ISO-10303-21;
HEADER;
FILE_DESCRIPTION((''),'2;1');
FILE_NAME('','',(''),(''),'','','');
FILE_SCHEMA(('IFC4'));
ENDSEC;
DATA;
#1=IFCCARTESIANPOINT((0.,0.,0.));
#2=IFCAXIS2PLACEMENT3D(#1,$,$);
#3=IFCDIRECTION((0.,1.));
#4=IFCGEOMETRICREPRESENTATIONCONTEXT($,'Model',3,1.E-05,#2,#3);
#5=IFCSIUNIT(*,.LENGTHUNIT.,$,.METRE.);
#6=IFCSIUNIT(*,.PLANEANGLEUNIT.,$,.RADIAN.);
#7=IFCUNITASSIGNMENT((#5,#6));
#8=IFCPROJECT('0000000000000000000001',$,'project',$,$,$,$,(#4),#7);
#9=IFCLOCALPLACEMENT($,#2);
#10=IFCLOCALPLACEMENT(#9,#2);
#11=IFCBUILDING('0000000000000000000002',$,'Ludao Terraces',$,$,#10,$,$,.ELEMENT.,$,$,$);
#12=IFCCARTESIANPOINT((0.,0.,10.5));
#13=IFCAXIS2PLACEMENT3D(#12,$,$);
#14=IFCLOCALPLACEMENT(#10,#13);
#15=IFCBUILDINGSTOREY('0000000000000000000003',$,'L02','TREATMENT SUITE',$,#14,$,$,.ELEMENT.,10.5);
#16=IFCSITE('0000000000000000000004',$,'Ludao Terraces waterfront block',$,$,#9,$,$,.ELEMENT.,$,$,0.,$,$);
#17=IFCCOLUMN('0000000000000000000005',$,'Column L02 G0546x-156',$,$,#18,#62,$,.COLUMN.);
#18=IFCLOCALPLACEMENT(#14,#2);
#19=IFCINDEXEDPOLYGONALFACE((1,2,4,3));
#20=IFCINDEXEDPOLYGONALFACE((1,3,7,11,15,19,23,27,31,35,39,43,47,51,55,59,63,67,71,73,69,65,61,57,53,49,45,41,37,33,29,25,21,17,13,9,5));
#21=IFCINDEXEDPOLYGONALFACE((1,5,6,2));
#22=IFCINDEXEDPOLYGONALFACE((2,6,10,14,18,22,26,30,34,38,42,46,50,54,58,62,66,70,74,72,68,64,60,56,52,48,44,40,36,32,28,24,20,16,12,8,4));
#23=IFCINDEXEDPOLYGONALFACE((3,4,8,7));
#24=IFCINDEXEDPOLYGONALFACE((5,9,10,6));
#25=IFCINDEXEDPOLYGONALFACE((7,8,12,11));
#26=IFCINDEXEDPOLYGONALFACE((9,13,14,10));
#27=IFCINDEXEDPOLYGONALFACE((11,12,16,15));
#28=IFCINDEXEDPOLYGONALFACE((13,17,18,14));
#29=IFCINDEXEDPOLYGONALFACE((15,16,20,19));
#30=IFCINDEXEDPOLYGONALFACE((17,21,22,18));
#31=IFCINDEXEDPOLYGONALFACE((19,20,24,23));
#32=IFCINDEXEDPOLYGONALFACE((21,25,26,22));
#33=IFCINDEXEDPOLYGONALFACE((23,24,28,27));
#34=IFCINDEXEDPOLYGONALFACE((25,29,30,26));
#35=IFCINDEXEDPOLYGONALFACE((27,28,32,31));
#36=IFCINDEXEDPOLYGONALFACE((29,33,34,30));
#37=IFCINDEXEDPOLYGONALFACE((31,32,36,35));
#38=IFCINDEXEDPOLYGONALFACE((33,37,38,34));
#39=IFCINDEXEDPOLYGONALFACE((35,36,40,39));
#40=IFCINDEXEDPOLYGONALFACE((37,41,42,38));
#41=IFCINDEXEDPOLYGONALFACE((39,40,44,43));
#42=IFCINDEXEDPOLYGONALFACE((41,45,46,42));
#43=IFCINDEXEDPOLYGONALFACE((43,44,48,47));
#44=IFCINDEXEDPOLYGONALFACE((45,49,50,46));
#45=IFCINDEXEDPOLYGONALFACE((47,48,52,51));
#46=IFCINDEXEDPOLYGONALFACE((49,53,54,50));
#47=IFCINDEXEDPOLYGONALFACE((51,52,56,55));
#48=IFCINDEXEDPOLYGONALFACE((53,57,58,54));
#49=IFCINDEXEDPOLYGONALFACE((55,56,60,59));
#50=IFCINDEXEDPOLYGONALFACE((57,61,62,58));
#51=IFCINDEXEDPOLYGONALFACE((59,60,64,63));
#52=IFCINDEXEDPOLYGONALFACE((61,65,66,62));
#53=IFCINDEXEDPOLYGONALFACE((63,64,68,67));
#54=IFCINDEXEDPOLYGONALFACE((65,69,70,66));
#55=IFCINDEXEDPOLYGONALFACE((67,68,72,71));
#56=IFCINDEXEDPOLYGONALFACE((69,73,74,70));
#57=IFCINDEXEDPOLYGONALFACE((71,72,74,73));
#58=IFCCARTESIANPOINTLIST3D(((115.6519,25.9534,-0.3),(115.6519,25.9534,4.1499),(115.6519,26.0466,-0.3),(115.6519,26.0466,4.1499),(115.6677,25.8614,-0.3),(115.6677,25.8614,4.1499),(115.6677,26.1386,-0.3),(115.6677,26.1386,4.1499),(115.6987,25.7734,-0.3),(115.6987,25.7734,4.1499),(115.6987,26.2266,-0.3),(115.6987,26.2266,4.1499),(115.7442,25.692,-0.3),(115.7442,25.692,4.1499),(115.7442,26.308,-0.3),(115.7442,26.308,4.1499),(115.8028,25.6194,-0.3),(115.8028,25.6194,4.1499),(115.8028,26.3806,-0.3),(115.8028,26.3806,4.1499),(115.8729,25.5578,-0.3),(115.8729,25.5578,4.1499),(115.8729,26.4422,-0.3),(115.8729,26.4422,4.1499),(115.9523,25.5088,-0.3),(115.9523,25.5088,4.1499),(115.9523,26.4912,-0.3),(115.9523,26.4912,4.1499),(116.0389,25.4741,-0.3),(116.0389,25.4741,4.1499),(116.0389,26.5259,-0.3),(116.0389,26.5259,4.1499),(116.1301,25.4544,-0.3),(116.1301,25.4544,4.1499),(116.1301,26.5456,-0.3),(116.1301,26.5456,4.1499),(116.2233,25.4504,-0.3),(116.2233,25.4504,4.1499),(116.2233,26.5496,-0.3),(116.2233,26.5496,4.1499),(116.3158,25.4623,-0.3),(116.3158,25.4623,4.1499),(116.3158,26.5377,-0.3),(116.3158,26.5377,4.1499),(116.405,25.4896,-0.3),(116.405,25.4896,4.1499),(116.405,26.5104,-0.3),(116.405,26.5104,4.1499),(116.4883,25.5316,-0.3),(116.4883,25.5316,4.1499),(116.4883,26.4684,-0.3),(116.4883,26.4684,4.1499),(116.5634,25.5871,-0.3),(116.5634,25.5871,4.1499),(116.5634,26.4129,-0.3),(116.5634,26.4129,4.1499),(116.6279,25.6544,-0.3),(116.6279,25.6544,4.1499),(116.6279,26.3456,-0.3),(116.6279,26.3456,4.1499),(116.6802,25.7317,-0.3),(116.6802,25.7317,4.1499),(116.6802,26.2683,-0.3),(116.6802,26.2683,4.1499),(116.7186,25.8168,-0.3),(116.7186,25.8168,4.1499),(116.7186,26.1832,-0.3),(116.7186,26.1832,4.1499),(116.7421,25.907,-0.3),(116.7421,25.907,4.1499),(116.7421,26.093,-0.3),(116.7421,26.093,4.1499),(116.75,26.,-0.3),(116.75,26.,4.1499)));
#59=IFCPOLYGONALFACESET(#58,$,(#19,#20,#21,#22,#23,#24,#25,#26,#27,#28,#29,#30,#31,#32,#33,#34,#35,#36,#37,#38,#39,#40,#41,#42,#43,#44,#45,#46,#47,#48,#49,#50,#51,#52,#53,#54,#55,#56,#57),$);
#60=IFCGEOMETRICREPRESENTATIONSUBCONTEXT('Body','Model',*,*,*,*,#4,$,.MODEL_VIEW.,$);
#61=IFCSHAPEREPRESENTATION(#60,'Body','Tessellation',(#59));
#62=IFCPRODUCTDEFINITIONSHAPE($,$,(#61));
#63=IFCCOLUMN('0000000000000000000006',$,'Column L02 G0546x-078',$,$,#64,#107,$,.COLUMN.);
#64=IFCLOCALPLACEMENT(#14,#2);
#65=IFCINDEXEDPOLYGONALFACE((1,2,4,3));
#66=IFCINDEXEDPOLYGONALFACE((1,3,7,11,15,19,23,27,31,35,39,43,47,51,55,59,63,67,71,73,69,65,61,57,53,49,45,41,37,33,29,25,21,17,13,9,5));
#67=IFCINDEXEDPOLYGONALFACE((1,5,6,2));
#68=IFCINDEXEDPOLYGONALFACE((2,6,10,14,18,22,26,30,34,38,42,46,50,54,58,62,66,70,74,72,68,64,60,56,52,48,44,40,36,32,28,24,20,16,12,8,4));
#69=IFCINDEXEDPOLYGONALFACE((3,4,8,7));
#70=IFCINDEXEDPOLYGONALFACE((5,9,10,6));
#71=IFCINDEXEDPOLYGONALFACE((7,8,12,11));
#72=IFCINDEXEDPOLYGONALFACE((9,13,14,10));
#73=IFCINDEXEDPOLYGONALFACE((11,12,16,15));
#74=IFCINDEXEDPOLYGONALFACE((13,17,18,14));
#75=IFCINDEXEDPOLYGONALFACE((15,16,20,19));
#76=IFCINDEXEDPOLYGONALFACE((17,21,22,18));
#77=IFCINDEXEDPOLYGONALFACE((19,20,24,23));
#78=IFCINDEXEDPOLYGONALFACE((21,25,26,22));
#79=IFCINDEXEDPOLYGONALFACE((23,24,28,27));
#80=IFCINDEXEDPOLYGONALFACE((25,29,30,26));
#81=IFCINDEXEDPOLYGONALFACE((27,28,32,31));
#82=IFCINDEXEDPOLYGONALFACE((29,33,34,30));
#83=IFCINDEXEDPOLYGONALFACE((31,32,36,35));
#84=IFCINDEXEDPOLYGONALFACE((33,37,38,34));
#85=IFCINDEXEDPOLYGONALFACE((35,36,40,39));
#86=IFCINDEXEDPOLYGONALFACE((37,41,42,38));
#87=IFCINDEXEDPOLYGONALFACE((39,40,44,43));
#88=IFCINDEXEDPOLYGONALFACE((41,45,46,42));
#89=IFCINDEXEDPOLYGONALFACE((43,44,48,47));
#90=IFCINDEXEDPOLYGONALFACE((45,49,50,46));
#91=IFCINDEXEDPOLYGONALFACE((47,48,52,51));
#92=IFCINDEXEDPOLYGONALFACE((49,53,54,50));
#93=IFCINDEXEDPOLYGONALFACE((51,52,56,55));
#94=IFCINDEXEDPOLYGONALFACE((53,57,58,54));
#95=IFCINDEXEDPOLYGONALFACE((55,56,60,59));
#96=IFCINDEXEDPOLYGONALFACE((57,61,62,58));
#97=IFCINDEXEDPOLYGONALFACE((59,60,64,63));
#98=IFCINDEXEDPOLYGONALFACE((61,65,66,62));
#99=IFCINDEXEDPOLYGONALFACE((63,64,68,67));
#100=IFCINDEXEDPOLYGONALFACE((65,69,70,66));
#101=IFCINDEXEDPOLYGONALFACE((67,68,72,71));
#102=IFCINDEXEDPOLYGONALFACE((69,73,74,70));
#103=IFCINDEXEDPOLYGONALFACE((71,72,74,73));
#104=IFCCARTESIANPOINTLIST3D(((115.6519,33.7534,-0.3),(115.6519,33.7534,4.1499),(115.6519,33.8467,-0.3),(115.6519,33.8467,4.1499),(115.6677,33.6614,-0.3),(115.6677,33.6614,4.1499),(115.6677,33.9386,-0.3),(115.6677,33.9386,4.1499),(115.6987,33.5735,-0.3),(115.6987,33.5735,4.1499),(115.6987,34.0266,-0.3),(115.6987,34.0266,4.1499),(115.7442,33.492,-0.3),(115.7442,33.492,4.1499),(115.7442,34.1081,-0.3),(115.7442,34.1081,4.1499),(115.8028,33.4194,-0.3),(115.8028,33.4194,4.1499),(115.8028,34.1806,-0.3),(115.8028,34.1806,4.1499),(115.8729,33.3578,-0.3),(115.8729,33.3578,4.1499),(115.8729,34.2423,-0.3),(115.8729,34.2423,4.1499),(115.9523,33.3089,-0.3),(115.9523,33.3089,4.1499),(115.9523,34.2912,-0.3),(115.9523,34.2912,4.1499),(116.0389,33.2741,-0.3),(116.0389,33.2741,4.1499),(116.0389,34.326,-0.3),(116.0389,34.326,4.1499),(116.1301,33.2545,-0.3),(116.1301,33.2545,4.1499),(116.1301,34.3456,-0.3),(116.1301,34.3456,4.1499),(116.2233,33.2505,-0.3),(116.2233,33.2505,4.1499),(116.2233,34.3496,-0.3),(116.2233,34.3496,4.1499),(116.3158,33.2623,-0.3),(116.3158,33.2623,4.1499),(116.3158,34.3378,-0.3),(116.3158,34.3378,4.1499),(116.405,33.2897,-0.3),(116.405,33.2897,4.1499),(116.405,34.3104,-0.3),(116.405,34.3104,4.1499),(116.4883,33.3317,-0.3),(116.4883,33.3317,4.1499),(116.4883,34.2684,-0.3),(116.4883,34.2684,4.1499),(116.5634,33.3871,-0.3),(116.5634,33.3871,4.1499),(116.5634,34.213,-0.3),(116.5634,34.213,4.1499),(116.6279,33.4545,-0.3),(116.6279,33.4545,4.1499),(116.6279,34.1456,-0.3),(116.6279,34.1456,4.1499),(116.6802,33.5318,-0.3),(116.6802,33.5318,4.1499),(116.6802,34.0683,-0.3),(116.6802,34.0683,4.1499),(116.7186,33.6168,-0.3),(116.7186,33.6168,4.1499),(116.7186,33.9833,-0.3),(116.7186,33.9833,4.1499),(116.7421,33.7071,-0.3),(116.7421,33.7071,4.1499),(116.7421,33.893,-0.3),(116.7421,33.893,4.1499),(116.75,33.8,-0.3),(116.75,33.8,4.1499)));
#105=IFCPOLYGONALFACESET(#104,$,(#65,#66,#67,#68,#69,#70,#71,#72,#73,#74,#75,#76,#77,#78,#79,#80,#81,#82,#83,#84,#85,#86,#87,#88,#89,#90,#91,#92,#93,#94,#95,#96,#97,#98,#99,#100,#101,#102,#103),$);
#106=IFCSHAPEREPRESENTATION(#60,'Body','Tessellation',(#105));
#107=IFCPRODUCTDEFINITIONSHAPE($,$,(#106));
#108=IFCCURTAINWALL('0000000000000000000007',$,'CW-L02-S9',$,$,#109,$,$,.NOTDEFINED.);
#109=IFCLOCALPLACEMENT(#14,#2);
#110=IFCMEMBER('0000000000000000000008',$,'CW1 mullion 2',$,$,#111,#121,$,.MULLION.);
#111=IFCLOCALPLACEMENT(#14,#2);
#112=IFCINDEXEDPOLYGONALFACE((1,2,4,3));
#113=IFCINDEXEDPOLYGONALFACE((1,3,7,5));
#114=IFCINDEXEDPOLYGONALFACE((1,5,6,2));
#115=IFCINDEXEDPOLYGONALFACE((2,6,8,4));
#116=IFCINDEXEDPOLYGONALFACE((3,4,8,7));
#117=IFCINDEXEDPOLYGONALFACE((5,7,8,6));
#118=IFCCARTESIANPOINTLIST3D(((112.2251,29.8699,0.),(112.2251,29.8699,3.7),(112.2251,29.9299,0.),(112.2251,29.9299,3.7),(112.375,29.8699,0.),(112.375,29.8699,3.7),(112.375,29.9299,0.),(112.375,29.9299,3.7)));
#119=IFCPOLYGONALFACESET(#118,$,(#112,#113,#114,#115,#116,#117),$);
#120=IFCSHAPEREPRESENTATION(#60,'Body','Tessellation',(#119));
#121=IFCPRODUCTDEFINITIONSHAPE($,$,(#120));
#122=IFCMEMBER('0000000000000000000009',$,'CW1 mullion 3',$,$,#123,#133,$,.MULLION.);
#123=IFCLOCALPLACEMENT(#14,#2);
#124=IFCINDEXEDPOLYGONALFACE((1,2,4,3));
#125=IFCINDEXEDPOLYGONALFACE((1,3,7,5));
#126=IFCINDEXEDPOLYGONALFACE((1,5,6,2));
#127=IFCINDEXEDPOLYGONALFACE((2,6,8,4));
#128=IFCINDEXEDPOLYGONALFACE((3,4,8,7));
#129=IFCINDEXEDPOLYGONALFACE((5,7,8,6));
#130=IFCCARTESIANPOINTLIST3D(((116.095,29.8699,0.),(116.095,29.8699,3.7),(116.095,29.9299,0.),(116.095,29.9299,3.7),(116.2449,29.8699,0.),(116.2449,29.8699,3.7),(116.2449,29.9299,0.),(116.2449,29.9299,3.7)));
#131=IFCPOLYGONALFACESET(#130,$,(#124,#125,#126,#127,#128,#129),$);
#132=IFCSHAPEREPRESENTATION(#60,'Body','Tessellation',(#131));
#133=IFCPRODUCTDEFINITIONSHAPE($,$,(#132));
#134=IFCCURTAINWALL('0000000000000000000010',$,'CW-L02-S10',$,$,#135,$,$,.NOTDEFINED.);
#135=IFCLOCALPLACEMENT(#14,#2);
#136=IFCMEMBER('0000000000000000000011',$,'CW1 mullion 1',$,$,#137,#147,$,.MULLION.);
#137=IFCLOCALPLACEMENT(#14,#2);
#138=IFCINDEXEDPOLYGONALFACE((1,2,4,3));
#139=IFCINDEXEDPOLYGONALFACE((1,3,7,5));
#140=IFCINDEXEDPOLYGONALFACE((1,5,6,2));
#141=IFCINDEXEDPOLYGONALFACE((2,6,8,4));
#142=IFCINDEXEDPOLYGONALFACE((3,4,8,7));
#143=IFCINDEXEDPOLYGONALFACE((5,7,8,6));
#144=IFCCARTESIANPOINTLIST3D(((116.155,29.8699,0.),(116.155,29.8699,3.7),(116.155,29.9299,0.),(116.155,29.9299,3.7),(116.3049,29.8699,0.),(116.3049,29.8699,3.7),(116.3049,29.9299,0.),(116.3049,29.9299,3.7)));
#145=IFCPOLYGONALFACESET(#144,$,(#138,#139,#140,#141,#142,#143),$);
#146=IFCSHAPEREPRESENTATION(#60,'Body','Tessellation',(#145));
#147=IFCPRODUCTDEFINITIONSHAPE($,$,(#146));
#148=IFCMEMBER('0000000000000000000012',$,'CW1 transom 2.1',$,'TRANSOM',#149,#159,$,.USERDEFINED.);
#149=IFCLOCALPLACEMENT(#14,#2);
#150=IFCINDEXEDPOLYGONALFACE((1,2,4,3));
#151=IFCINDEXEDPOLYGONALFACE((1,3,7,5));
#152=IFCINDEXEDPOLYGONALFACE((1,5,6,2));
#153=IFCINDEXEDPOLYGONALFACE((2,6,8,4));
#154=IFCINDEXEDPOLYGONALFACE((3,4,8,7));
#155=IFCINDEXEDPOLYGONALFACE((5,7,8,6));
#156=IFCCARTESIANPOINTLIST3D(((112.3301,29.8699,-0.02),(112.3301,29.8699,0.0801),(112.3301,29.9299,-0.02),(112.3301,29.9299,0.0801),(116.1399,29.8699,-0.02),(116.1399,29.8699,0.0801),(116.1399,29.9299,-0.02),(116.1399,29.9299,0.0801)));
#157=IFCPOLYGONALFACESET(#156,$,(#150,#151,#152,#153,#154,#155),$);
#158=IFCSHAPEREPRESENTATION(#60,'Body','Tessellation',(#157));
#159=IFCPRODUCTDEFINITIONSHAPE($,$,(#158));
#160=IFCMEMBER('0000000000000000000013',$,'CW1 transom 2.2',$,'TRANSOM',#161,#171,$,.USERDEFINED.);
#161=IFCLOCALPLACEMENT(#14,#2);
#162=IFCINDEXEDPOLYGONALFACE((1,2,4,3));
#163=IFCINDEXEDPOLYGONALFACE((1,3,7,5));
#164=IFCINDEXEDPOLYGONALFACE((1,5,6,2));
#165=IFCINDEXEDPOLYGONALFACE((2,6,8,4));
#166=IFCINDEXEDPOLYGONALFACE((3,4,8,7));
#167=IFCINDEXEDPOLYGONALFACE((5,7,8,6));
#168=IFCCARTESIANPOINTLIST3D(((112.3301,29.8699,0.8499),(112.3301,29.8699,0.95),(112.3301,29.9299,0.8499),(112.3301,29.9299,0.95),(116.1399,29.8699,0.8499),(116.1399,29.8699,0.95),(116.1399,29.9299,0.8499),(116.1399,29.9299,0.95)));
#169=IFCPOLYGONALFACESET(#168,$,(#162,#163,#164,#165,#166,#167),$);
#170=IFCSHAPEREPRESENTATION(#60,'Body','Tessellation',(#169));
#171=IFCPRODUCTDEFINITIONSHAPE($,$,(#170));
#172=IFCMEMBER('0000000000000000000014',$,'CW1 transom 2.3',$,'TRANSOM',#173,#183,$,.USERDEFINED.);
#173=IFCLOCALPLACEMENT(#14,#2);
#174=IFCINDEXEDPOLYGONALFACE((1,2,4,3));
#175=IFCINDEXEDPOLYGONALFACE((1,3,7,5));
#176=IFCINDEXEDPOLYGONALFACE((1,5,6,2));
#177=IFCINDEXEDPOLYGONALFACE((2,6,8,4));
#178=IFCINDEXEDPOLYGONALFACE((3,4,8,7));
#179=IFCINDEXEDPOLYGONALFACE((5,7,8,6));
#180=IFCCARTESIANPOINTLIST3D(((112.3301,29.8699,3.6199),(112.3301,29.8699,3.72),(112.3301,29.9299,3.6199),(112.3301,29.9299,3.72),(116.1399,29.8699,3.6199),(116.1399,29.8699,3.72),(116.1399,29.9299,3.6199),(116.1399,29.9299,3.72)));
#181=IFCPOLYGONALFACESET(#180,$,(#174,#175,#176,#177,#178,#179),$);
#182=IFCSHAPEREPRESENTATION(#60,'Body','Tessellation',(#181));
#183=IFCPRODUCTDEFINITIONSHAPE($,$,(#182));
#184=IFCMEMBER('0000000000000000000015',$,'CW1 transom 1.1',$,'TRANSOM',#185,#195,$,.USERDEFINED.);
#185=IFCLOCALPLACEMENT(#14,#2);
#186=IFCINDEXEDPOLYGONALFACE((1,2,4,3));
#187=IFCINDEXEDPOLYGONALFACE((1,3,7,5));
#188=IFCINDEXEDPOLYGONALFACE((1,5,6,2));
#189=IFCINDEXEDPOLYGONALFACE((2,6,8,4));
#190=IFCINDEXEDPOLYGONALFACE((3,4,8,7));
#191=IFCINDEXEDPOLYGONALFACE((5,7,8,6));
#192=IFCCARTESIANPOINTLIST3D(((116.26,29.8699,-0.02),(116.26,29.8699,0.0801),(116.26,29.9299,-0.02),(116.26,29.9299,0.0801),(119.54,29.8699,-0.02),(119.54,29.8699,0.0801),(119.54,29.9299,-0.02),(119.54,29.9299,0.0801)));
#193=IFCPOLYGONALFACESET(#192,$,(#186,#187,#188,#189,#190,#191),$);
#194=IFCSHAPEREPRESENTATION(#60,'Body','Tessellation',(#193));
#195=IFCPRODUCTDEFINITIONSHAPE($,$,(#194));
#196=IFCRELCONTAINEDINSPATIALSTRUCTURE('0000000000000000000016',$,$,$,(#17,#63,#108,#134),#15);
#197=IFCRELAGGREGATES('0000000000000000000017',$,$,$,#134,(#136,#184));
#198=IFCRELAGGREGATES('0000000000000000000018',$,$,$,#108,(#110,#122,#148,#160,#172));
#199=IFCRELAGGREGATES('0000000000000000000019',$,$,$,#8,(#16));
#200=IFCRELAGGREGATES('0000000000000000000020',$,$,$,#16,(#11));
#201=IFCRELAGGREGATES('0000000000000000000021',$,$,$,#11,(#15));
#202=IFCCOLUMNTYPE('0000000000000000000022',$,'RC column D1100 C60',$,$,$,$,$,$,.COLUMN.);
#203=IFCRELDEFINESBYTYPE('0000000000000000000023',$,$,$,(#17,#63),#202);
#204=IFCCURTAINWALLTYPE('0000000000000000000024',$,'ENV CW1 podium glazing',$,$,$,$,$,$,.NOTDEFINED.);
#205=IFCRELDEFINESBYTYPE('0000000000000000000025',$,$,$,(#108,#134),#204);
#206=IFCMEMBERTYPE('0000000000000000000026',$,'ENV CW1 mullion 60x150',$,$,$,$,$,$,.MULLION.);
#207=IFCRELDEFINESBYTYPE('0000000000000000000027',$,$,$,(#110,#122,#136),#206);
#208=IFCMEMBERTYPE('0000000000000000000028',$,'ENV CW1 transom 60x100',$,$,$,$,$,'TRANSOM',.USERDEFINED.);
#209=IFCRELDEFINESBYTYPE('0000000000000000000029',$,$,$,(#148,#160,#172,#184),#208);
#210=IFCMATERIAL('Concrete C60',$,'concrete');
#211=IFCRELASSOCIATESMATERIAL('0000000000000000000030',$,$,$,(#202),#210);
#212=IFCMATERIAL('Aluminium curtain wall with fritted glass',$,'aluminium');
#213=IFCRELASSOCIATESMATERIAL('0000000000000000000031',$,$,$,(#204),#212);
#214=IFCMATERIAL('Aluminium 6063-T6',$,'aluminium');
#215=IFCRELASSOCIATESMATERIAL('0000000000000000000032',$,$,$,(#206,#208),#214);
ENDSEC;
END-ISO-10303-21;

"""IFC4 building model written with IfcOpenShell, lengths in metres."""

from ifc_helpers import new_model, si_unit, direction, frame, origin, origin_2d, place, context, subcontext, project, spatial, rectangle, circle, extrude, material, material_profile, profile_set, type_object, element, aggregate, save


model = new_model("IFC4")

# Units and contexts
model_context = context("Model", 3, precision=1e-05, world=origin(), true_north=direction((0.0, 1.0)))
body_context = subcontext(model_context, "Body", "Model", "MODEL_VIEW")
ifc_project = project(units=[si_unit("LENGTHUNIT", "METRE"), si_unit("PLANEANGLEUNIT", "RADIAN")], contexts=[model_context])

# Site, building, storey
site_placement = place(None, origin())
site = spatial("IfcSite", under=ifc_project, at=site_placement, Name="Ludao Terraces waterfront block", CompositionType="ELEMENT", RefElevation=0.0)
building_placement = place(site_placement, origin())
building = spatial("IfcBuilding", under=site, at=building_placement, Name="Ludao Terraces", CompositionType="ELEMENT")
storey_placement = place(building_placement, frame((0.0, 0.0, 10.5)))
storey = spatial("IfcBuildingStorey", under=building, at=storey_placement, Name="L02", Description="TREATMENT SUITE", CompositionType="ELEMENT", Elevation=10.5)

# Columns
ifc_material_1 = material(Name="Concrete C60", Category="concrete")
ifc_material_profile_1 = material_profile(ifc_material_1, circle(Radius=0.55, at=origin_2d()), Name="D1100")
ifc_profile_set_1 = profile_set([ifc_material_profile_1], Name="Concrete C60")
column_type = type_object("IfcColumnType", Name="RC column D1100 C60", PredefinedType="COLUMN", material=ifc_profile_set_1)
for number, where, z_axis, x_axis, name in (
    (1, (116.2, 26.0, -0.3), (0.0, 0.0, 1.0), (1.0, 0.0, 0.0), "Column L02 G0546x-156"),
    (2, (116.2, 33.8, -0.3), (0.0, 0.0, 1.0), (1.0, 0.0, 0.0), "Column L02 G0546x-078"),
):
    element("IfcColumn", number, at=place(storey_placement, frame(where, z_axis=z_axis, x_axis=x_axis)), inside=storey, type_object=column_type, Name=name, PredefinedType="COLUMN", context=body_context, shape_type="SweptSolid", body=[
        extrude(circle(Radius=0.55, at=origin_2d()), origin(), (0.0, 0.0, 1.0), 4.45),
    ])

# Curtain wall, members
ifc_material_2 = material(Name="Aluminium curtain wall with fritted glass", Category="aluminium")
curtain_wall_type = type_object("IfcCurtainWallType", Name="ENV CW1 podium glazing", PredefinedType="NOTDEFINED", material=ifc_material_2)
curtain_wall_1_placement = place(storey_placement, origin())
curtain_wall_1 = element("IfcCurtainWall", 3, at=curtain_wall_1_placement, inside=storey, type_object=curtain_wall_type, Name="CW-L02-S9", PredefinedType="NOTDEFINED")
ifc_material_3 = material(Name="Aluminium 6063-T6", Category="aluminium")
ifc_material_profile_2 = material_profile(ifc_material_3, rectangle(XDim=0.0601, YDim=0.1499, at=origin_2d()), Name="60 X 150")
ifc_profile_set_2 = profile_set([ifc_material_profile_2], Name="Aluminium 6063-T6")
member_type_1 = type_object("IfcMemberType", Name="ENV CW1 mullion 60x150", PredefinedType="MULLION", material=ifc_profile_set_2)
member_1_placement = place(storey_placement, frame((112.3, 29.8999, 0.0), z_axis=(0.0, 0.0, 1.0), x_axis=(0.0, 1.0, 0.0)))
member_1 = element("IfcMember", 4, at=member_1_placement, type_object=member_type_1, Name="CW1 mullion 2", PredefinedType="MULLION", context=body_context, shape_type="SweptSolid", body=[
    extrude(rectangle(XDim=0.0601, YDim=0.1499, at=origin_2d()), origin(), (0.0, 0.0, 1.0), 3.7),
])
member_2_placement = place(storey_placement, frame((116.1699, 29.8999, 0.0), z_axis=(0.0, 0.0, 1.0), x_axis=(0.0, 1.0, 0.0)))
member_2 = element("IfcMember", 5, at=member_2_placement, type_object=member_type_1, Name="CW1 mullion 3", PredefinedType="MULLION", context=body_context, shape_type="SweptSolid", body=[
    extrude(rectangle(XDim=0.0601, YDim=0.1499, at=origin_2d()), origin(), (0.0, 0.0, 1.0), 3.7),
])

# Curtain wall, member
curtain_wall_2_placement = place(storey_placement, origin())
curtain_wall_2 = element("IfcCurtainWall", 6, at=curtain_wall_2_placement, inside=storey, type_object=curtain_wall_type, Name="CW-L02-S10", PredefinedType="NOTDEFINED")
member_3_placement = place(storey_placement, frame((116.23, 29.8999, 0.0), z_axis=(0.0, 0.0, 1.0), x_axis=(0.0, 1.0, 0.0)))
member_3 = element("IfcMember", 7, at=member_3_placement, type_object=member_type_1, Name="CW1 mullion 1", PredefinedType="MULLION", context=body_context, shape_type="SweptSolid", body=[
    extrude(rectangle(XDim=0.0601, YDim=0.1499, at=origin_2d()), origin(), (0.0, 0.0, 1.0), 3.7),
])

# Members
ifc_material_profile_3 = material_profile(ifc_material_3, rectangle(XDim=0.0601, YDim=0.1001, at=origin_2d()), Name="60 X 100")
ifc_profile_set_3 = profile_set([ifc_material_profile_3], Name="Aluminium 6063-T6")
member_type_2 = type_object("IfcMemberType", Name="ENV CW1 transom 60x100", ElementType="TRANSOM", PredefinedType="USERDEFINED", material=ifc_profile_set_3)
member_4_placement = place(storey_placement, frame((112.3301, 29.8999, 0.03), z_axis=(1.0, 0.0, 0.0), x_axis=(0.0, 1.0, 0.0)))
member_4 = element("IfcMember", 8, at=member_4_placement, type_object=member_type_2, Name="CW1 transom 2.1", ObjectType="TRANSOM", PredefinedType="USERDEFINED", context=body_context, shape_type="SweptSolid", body=[
    extrude(rectangle(XDim=0.0601, YDim=0.1001, at=origin_2d()), origin(), (0.0, 0.0, 1.0), 3.8098),
])
member_5_placement = place(storey_placement, frame((112.3301, 29.8999, 0.8999), z_axis=(1.0, 0.0, 0.0), x_axis=(0.0, 1.0, 0.0)))
member_5 = element("IfcMember", 9, at=member_5_placement, type_object=member_type_2, Name="CW1 transom 2.2", ObjectType="TRANSOM", PredefinedType="USERDEFINED", context=body_context, shape_type="SweptSolid", body=[
    extrude(rectangle(XDim=0.0601, YDim=0.1001, at=origin_2d()), origin(), (0.0, 0.0, 1.0), 3.8098),
])
member_6_placement = place(storey_placement, frame((112.3301, 29.8999, 3.6699), z_axis=(1.0, 0.0, 0.0), x_axis=(0.0, 1.0, 0.0)))
member_6 = element("IfcMember", 10, at=member_6_placement, type_object=member_type_2, Name="CW1 transom 2.3", ObjectType="TRANSOM", PredefinedType="USERDEFINED", context=body_context, shape_type="SweptSolid", body=[
    extrude(rectangle(XDim=0.0601, YDim=0.1001, at=origin_2d()), origin(), (0.0, 0.0, 1.0), 3.8098),
])
member_7_placement = place(storey_placement, frame((116.26, 29.8999, 0.03), z_axis=(1.0, 0.0, 0.0), x_axis=(0.0, 1.0, 0.0)))
member_7 = element("IfcMember", 11, at=member_7_placement, type_object=member_type_2, Name="CW1 transom 1.1", ObjectType="TRANSOM", PredefinedType="USERDEFINED", context=body_context, shape_type="SweptSolid", body=[
    extrude(rectangle(XDim=0.0601, YDim=0.1001, at=origin_2d()), origin(), (0.0, 0.0, 1.0), 3.28),
])
aggregate(curtain_wall_2, [member_3, member_7])

aggregate(curtain_wall_1, [member_1, member_2, member_4, member_5, member_6])

save(model, "model.ifc")
